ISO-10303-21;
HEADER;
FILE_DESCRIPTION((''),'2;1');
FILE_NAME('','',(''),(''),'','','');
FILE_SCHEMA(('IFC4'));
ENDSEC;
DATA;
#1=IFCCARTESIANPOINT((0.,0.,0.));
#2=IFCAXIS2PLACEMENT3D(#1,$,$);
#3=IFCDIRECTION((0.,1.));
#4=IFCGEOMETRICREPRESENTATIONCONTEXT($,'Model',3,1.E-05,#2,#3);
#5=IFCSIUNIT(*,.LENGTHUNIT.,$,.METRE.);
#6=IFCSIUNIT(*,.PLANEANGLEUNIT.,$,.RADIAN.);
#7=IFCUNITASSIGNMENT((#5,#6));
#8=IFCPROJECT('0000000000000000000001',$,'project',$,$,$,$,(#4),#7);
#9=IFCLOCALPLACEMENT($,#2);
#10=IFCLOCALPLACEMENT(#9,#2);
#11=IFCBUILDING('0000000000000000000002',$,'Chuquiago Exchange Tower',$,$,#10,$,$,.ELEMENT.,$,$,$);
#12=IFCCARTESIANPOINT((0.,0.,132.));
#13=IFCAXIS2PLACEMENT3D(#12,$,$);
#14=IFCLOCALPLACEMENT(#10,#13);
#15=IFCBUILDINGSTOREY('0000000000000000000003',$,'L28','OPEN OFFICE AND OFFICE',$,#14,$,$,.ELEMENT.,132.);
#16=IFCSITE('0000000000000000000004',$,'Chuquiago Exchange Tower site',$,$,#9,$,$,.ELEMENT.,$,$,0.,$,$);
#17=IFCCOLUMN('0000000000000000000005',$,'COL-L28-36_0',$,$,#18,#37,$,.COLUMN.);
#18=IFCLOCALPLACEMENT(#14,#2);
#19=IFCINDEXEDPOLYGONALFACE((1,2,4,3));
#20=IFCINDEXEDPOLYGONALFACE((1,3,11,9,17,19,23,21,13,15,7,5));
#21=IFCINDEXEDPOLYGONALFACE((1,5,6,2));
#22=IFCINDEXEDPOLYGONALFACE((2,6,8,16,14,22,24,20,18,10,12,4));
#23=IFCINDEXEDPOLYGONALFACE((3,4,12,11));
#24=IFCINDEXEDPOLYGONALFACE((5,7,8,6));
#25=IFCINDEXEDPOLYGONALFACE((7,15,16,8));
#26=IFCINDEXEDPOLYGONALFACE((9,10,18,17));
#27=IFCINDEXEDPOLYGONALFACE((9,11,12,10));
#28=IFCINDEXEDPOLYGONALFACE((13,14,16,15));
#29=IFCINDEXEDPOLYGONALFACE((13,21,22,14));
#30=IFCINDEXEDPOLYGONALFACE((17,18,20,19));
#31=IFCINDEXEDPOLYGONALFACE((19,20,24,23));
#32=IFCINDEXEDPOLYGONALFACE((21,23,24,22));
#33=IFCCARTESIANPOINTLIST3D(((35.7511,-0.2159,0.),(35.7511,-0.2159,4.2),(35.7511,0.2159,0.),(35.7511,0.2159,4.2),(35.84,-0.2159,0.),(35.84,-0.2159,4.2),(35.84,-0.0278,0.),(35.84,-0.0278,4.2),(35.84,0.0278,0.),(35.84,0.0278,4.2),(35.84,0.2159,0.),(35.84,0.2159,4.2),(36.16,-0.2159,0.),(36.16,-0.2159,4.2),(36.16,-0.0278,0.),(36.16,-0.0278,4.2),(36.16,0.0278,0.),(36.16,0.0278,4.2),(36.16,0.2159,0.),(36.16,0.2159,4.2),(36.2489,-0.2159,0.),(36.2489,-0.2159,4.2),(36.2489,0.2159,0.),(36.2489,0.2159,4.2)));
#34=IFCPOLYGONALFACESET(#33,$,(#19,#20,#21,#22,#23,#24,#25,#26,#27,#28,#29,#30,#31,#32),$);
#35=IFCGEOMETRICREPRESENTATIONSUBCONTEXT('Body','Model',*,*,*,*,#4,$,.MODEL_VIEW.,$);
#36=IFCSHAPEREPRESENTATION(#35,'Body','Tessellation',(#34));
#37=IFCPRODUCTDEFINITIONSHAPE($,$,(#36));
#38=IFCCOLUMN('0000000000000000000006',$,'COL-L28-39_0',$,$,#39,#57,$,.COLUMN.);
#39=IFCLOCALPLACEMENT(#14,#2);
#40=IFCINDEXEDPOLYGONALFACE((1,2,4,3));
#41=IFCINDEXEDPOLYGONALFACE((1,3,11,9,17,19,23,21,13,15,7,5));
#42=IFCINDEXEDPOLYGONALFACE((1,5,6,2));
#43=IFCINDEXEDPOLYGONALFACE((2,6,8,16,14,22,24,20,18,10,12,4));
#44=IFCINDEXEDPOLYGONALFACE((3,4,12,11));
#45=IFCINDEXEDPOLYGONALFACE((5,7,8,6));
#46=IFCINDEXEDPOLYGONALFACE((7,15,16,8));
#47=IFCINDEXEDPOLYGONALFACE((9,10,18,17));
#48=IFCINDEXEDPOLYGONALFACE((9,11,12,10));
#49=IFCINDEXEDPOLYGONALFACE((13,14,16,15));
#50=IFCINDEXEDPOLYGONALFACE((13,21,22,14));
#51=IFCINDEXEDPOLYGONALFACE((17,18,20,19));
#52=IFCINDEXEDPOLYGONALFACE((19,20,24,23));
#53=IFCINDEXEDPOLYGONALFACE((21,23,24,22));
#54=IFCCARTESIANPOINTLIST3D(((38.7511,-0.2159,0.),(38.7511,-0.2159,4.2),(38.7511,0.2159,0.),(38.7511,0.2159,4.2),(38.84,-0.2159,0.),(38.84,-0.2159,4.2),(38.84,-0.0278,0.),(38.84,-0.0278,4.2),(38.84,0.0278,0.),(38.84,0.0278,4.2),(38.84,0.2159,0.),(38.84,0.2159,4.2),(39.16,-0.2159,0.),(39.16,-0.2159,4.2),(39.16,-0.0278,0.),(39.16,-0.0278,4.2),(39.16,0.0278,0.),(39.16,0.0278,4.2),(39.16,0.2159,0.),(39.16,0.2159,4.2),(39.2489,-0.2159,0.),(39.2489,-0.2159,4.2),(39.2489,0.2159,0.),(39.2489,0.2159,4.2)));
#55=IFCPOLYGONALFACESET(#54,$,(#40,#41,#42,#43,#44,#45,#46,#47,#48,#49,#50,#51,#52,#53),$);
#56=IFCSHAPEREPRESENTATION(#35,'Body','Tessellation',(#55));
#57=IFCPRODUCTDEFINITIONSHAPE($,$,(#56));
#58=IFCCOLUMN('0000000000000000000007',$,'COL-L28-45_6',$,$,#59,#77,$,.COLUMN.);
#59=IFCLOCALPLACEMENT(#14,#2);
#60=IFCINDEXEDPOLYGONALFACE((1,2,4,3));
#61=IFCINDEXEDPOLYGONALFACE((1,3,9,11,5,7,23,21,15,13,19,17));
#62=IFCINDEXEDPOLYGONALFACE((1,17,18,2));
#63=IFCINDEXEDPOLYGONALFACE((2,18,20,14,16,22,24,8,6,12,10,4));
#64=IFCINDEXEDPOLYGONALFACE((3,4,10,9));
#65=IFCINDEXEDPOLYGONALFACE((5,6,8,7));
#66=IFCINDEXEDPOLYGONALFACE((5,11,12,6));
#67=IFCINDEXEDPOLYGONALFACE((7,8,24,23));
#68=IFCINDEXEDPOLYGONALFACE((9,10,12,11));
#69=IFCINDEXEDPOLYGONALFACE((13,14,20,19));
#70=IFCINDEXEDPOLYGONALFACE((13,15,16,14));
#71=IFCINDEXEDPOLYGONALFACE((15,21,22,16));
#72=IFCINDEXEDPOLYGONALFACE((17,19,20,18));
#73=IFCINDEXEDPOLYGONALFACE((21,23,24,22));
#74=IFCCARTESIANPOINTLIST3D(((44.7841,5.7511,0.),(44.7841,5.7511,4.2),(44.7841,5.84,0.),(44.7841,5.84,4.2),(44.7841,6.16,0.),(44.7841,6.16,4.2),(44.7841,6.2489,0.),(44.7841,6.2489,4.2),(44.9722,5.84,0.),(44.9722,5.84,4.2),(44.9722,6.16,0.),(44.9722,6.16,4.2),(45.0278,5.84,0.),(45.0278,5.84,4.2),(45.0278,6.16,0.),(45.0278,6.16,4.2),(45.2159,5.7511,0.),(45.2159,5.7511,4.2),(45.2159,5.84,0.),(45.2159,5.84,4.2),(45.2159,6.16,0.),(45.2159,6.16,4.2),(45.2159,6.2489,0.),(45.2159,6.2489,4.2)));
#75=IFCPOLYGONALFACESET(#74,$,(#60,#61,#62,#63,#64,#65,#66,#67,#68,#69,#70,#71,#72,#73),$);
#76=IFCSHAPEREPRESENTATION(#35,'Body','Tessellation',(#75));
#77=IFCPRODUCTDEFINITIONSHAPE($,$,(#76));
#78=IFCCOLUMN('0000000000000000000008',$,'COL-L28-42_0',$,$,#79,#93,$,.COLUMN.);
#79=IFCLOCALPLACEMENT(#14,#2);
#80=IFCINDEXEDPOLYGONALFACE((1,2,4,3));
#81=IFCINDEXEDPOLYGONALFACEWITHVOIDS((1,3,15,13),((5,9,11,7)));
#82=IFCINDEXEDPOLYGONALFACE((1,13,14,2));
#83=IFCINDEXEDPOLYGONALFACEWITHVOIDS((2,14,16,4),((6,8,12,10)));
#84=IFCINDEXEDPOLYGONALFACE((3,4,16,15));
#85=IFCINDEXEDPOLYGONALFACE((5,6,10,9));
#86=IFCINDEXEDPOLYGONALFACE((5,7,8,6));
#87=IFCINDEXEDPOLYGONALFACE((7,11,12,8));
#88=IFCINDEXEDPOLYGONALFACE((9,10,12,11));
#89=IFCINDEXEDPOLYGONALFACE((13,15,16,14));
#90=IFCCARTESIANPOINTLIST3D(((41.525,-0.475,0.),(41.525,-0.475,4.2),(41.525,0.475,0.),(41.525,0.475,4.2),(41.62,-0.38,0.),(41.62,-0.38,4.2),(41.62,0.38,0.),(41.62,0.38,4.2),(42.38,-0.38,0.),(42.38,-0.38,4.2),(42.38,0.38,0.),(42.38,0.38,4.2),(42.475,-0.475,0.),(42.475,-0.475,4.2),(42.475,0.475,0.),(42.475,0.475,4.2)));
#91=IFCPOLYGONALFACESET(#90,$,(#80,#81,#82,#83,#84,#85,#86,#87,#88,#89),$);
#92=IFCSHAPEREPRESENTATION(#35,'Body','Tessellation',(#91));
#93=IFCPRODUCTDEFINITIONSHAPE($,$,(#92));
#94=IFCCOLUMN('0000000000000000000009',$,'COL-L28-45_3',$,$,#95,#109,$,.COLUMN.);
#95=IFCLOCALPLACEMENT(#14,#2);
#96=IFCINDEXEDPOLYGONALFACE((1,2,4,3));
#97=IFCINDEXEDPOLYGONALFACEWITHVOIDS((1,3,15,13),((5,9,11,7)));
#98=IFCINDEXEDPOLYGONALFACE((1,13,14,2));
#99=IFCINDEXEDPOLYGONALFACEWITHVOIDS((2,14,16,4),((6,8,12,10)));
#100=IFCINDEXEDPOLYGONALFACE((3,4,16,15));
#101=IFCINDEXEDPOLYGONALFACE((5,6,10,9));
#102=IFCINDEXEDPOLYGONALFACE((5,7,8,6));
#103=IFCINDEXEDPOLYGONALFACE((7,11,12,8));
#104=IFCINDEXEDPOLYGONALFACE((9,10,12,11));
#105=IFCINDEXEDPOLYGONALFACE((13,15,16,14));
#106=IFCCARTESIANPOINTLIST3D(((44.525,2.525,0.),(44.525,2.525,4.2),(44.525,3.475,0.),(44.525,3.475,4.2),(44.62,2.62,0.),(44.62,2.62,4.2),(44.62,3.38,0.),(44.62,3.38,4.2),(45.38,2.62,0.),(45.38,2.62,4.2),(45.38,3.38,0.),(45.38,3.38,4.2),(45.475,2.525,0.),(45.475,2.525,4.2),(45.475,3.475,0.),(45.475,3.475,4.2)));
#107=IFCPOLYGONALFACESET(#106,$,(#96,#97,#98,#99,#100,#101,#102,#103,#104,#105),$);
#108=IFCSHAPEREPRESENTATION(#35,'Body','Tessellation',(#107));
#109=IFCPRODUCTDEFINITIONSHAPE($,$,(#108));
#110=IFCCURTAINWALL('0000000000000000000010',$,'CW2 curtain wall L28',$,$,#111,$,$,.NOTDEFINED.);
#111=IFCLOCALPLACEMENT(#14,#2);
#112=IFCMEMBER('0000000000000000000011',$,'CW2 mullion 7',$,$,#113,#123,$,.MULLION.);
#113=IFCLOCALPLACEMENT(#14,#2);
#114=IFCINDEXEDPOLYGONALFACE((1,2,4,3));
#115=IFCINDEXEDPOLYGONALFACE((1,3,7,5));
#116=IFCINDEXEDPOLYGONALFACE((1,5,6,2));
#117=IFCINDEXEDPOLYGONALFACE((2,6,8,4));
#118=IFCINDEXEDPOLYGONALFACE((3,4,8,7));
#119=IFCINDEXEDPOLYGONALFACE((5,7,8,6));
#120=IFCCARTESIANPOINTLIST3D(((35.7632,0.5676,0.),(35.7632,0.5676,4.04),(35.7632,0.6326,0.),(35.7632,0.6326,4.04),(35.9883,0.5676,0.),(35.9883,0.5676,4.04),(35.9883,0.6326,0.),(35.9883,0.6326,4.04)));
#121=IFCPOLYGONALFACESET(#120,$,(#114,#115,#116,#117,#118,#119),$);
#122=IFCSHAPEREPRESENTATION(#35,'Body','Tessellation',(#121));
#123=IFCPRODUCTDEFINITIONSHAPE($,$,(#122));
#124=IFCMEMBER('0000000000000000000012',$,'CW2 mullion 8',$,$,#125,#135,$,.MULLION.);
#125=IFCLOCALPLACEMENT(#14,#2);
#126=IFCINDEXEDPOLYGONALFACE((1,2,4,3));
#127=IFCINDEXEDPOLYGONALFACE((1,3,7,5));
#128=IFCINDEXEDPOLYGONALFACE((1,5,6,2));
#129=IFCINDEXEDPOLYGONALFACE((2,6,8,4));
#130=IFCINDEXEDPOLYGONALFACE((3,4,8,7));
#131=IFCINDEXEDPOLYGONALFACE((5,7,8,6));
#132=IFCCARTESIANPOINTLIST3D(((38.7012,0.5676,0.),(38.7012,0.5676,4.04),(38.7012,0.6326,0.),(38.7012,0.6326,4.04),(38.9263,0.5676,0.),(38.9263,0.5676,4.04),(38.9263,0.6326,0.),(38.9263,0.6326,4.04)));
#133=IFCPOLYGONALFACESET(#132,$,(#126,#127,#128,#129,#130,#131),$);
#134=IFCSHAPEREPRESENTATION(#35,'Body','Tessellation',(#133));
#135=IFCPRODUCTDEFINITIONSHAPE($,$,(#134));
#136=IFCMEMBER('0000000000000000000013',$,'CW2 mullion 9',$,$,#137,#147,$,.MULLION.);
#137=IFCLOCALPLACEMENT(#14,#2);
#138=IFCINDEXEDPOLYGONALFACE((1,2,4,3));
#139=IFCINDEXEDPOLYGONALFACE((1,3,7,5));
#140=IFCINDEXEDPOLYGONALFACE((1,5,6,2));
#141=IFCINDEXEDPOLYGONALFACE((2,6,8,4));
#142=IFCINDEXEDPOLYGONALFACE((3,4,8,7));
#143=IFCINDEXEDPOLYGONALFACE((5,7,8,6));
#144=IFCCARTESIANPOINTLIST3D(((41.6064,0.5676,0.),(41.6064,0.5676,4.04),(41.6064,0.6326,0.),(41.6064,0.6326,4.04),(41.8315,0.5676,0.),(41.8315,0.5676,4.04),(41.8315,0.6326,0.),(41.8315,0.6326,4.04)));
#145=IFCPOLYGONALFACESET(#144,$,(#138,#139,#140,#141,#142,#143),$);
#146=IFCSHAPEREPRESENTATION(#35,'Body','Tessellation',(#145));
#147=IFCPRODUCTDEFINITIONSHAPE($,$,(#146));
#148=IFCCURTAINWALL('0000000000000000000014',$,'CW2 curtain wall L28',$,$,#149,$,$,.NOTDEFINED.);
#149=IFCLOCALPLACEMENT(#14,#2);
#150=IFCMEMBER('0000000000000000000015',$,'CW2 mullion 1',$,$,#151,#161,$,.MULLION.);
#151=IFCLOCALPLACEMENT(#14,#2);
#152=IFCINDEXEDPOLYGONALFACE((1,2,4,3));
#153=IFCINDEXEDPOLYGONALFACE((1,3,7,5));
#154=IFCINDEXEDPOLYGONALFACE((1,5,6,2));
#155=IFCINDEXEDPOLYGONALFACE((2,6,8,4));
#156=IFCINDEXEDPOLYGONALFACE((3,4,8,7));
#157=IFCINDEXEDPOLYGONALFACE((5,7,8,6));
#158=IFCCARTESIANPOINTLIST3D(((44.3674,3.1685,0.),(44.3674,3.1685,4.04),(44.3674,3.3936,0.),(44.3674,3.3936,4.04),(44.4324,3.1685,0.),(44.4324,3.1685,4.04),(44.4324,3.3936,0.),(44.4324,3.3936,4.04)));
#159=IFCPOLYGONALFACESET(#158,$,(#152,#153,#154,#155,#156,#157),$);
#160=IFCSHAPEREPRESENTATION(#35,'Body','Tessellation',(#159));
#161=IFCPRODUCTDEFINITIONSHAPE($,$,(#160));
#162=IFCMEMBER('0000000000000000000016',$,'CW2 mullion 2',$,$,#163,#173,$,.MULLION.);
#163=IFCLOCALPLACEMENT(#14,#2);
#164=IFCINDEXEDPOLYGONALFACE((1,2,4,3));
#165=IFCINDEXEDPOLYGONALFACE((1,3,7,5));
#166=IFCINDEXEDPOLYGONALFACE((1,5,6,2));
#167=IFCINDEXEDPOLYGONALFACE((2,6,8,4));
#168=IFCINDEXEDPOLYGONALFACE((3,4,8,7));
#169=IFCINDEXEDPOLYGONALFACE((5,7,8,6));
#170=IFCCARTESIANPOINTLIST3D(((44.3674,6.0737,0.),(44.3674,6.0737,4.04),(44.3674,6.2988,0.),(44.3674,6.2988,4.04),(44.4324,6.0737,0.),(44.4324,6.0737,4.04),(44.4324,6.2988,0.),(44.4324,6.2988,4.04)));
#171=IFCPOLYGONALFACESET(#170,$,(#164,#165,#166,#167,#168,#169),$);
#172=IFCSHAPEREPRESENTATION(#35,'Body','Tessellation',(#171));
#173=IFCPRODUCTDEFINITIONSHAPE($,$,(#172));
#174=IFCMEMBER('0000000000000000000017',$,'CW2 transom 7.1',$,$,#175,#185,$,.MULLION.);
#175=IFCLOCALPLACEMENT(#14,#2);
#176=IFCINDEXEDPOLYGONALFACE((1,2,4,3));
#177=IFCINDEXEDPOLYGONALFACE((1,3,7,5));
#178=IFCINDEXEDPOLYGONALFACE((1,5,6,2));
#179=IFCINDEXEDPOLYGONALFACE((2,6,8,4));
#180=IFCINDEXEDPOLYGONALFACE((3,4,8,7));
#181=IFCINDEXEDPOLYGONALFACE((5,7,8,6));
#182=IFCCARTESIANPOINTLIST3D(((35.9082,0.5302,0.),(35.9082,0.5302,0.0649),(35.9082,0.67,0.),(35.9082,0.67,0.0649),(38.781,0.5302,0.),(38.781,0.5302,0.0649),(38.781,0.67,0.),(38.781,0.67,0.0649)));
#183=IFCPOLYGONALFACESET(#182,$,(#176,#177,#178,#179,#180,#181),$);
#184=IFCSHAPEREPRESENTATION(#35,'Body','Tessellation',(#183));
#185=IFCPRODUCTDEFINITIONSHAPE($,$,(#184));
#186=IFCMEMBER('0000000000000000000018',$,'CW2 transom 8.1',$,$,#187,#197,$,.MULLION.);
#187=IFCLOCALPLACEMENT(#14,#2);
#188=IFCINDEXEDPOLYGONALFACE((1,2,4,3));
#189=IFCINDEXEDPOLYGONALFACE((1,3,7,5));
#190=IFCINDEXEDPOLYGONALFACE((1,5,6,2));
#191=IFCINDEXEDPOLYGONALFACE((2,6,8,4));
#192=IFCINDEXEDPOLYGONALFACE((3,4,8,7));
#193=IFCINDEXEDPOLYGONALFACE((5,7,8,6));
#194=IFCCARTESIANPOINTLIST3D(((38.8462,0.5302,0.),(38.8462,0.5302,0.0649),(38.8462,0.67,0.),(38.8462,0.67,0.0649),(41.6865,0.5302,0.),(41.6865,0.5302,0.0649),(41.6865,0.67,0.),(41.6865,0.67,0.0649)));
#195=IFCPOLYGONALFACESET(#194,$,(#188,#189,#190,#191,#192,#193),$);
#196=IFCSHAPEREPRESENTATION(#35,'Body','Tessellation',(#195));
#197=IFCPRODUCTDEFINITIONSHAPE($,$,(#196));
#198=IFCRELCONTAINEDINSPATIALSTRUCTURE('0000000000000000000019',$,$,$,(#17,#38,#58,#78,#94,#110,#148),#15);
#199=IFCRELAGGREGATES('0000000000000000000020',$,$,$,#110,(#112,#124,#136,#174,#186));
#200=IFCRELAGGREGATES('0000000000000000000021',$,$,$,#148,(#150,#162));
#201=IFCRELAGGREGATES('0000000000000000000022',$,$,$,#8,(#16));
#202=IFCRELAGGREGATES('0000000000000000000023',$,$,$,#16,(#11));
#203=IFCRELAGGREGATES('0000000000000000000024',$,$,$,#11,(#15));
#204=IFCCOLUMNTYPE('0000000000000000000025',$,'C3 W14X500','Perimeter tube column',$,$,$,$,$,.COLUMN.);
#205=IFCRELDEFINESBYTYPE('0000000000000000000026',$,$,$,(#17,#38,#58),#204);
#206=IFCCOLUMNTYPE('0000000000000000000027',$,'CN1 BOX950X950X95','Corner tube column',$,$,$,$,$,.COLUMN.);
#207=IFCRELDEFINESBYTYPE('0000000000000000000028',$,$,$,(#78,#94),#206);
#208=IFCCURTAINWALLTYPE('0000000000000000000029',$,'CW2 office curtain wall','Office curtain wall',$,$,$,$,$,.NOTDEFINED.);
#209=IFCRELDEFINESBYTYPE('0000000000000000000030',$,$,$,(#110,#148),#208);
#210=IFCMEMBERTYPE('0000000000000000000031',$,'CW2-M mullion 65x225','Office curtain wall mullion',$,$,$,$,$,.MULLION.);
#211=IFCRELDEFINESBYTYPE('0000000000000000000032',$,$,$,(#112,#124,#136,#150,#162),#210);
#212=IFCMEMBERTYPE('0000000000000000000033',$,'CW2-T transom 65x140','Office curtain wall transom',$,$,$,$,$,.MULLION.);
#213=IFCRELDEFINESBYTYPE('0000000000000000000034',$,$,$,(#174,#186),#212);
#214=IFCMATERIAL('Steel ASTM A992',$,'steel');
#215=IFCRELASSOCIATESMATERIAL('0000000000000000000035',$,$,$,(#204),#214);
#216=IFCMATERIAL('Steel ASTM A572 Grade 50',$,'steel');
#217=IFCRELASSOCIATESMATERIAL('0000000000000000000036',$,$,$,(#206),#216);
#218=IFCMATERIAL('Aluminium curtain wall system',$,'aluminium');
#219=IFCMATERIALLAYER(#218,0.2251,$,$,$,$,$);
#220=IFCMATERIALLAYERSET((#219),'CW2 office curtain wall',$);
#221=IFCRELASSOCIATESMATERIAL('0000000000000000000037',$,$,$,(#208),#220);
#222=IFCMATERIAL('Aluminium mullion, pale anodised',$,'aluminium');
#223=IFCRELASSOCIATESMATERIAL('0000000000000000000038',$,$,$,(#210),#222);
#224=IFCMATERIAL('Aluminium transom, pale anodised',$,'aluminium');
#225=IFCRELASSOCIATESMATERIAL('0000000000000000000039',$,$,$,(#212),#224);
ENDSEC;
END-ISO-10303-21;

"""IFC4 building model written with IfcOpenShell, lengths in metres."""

from ifc_helpers import new_model, si_unit, direction, frame, origin, origin_2d, place, context, subcontext, project, spatial, rectangle, hollow_rectangle, i_section, extrude, material, layer, layer_set, material_profile, profile_set, type_object, element, aggregate, save


model = new_model("IFC4")

# Units and contexts
model_context = context("Model", 3, precision=1e-05, world=origin(), true_north=direction((0.0, 1.0)))
body_context = subcontext(model_context, "Body", "Model", "MODEL_VIEW")
ifc_project = project(units=[si_unit("LENGTHUNIT", "METRE"), si_unit("PLANEANGLEUNIT", "RADIAN")], contexts=[model_context])

# Site, building, storey
site_placement = place(None, origin())
site = spatial("IfcSite", under=ifc_project, at=site_placement, Name="Chuquiago Exchange Tower site", CompositionType="ELEMENT", RefElevation=0.0)
building_placement = place(site_placement, origin())
building = spatial("IfcBuilding", under=site, at=building_placement, Name="Chuquiago Exchange Tower", CompositionType="ELEMENT")
storey_placement = place(building_placement, frame((0.0, 0.0, 132.0)))
storey = spatial("IfcBuildingStorey", under=building, at=storey_placement, Name="L28", Description="OPEN OFFICE AND OFFICE", CompositionType="ELEMENT", Elevation=132.0)

# Columns
ifc_material_1 = material(Name="Steel ASTM A992", Category="steel")
ifc_material_profile_1 = material_profile(ifc_material_1, i_section(OverallWidth=0.4319, OverallDepth=0.4978, WebThickness=0.0557, FlangeThickness=0.0889, at=origin_2d()), Name="W14X500")
ifc_profile_set_1 = profile_set([ifc_material_profile_1], Name="Steel ASTM A992")
column_type_1 = type_object("IfcColumnType", Name="C3 W14X500", Description="Perimeter tube column", PredefinedType="COLUMN", material=ifc_profile_set_1)
for number, where, z_axis, x_axis, name in (
    (1, (36.0, 0.0, 0.0), (0.0, 0.0, 1.0), (0.0, -1.0, 0.0), "COL-L28-36_0"),
    (2, (39.0, 0.0, 0.0), (0.0, 0.0, 1.0), (0.0, -1.0, 0.0), "COL-L28-39_0"),
    (3, (45.0, 6.0, 0.0), (0.0, 0.0, 1.0), (1.0, 0.0, 0.0), "COL-L28-45_6"),
):
    element("IfcColumn", number, at=place(storey_placement, frame(where, z_axis=z_axis, x_axis=x_axis)), inside=storey, type_object=column_type_1, Name=name, PredefinedType="COLUMN", context=body_context, shape_type="SweptSolid", body=[
        extrude(i_section(OverallWidth=0.4319, OverallDepth=0.4978, WebThickness=0.0557, FlangeThickness=0.0889, at=origin_2d()), origin(), (0.0, 0.0, 1.0), 4.2),
    ])
ifc_material_2 = material(Name="Steel ASTM A572 Grade 50", Category="steel")
ifc_material_profile_2 = material_profile(ifc_material_2, hollow_rectangle(XDim=0.95, YDim=0.95, WallThickness=0.095, at=origin_2d()), Name="BOX950X950X95")
ifc_profile_set_2 = profile_set([ifc_material_profile_2], Name="Steel ASTM A572 Grade 50")
column_type_2 = type_object("IfcColumnType", Name="CN1 BOX950X950X95", Description="Corner tube column", PredefinedType="COLUMN", material=ifc_profile_set_2)
for number, where, z_axis, x_axis, name in (
    (4, (42.0, 0.0, 0.0), (0.0, 0.0, 1.0), (0.0, -1.0, 0.0), "COL-L28-42_0"),
    (5, (45.0, 3.0, 0.0), (0.0, 0.0, 1.0), (1.0, 0.0, 0.0), "COL-L28-45_3"),
):
    element("IfcColumn", number, at=place(storey_placement, frame(where, z_axis=z_axis, x_axis=x_axis)), inside=storey, type_object=column_type_2, Name=name, PredefinedType="COLUMN", context=body_context, shape_type="SweptSolid", body=[
        extrude(hollow_rectangle(XDim=0.95, YDim=0.95, WallThickness=0.095, at=origin_2d()), origin(), (0.0, 0.0, 1.0), 4.2),
    ])

# Curtain walls, members
ifc_material_3 = material(Name="Aluminium curtain wall system", Category="aluminium")
ifc_layer_1 = layer(ifc_material_3, 0.2251)
ifc_layer_set_1 = layer_set([ifc_layer_1], Name="CW2 office curtain wall")
curtain_wall_type_1 = type_object("IfcCurtainWallType", Name="CW2 office curtain wall", Description="Office curtain wall", PredefinedType="NOTDEFINED", material=ifc_layer_set_1)
curtain_wall_1_placement = place(storey_placement, origin())
curtain_wall_1 = element("IfcCurtainWall", 6, at=curtain_wall_1_placement, inside=storey, type_object=curtain_wall_type_1, Name="CW2 curtain wall L28", PredefinedType="NOTDEFINED")
ifc_material_4 = material(Name="Aluminium mullion, pale anodised", Category="aluminium")
ifc_material_profile_3 = material_profile(ifc_material_4, rectangle(XDim=0.0649, YDim=0.2251, at=origin_2d()), Name="AL 65x225")
ifc_profile_set_3 = profile_set([ifc_material_profile_3], Name="Aluminium mullion, pale anodised")
member_type_1 = type_object("IfcMemberType", Name="CW2-M mullion 65x225", Description="Office curtain wall mullion", PredefinedType="MULLION", material=ifc_profile_set_3)
member_1_placement = place(storey_placement, frame((35.8757, 0.6001, 0.0), z_axis=(0.0, 0.0, 1.0), x_axis=(0.0, 1.0, 0.0)))
member_1 = element("IfcMember", 7, at=member_1_placement, type_object=member_type_1, Name="CW2 mullion 7", PredefinedType="MULLION", context=body_context, shape_type="SweptSolid", body=[
    extrude(rectangle(XDim=0.0649, YDim=0.2251, at=origin_2d()), origin(), (0.0, 0.0, 1.0), 4.04),
])
member_2_placement = place(storey_placement, frame((38.8137, 0.6001, 0.0), z_axis=(0.0, 0.0, 1.0), x_axis=(0.0, 1.0, 0.0)))
member_2 = element("IfcMember", 8, at=member_2_placement, type_object=member_type_1, Name="CW2 mullion 8", PredefinedType="MULLION", context=body_context, shape_type="SweptSolid", body=[
    extrude(rectangle(XDim=0.0649, YDim=0.2251, at=origin_2d()), origin(), (0.0, 0.0, 1.0), 4.04),
])
member_3_placement = place(storey_placement, frame((41.719, 0.6001, 0.0), z_axis=(0.0, 0.0, 1.0), x_axis=(0.0, 1.0, 0.0)))
member_3 = element("IfcMember", 9, at=member_3_placement, type_object=member_type_1, Name="CW2 mullion 9", PredefinedType="MULLION", context=body_context, shape_type="SweptSolid", body=[
    extrude(rectangle(XDim=0.0649, YDim=0.2251, at=origin_2d()), origin(), (0.0, 0.0, 1.0), 4.04),
])
curtain_wall_2_placement = place(storey_placement, origin())
curtain_wall_2 = element("IfcCurtainWall", 10, at=curtain_wall_2_placement, inside=storey, type_object=curtain_wall_type_1, Name="CW2 curtain wall L28", PredefinedType="NOTDEFINED")
member_4_placement = place(storey_placement, frame((44.3999, 3.281, 0.0), z_axis=(0.0, 0.0, 1.0), x_axis=(-1.0, 0.0, 0.0)))
member_4 = element("IfcMember", 11, at=member_4_placement, type_object=member_type_1, Name="CW2 mullion 1", PredefinedType="MULLION", context=body_context, shape_type="SweptSolid", body=[
    extrude(rectangle(XDim=0.0649, YDim=0.2251, at=origin_2d()), origin(), (0.0, 0.0, 1.0), 4.04),
])
member_5_placement = place(storey_placement, frame((44.3999, 6.1863, 0.0), z_axis=(0.0, 0.0, 1.0), x_axis=(-1.0, 0.0, 0.0)))
member_5 = element("IfcMember", 12, at=member_5_placement, type_object=member_type_1, Name="CW2 mullion 2", PredefinedType="MULLION", context=body_context, shape_type="SweptSolid", body=[
    extrude(rectangle(XDim=0.0649, YDim=0.2251, at=origin_2d()), origin(), (0.0, 0.0, 1.0), 4.04),
])

# Members
ifc_material_5 = material(Name="Aluminium transom, pale anodised", Category="aluminium")
ifc_material_profile_4 = material_profile(ifc_material_5, rectangle(XDim=0.1399, YDim=0.0649, at=origin_2d()), Name="AL 140x65")
ifc_profile_set_4 = profile_set([ifc_material_profile_4], Name="Aluminium transom, pale anodised")
member_type_2 = type_object("IfcMemberType", Name="CW2-T transom 65x140", Description="Office curtain wall transom", PredefinedType="MULLION", material=ifc_profile_set_4)
member_6_placement = place(storey_placement, frame((35.9082, 0.6001, 0.0325), z_axis=(1.0, 0.0, 0.0), x_axis=(0.0, 1.0, 0.0)))
member_6 = element("IfcMember", 13, at=member_6_placement, type_object=member_type_2, Name="CW2 transom 7.1", PredefinedType="MULLION", context=body_context, shape_type="SweptSolid", body=[
    extrude(rectangle(XDim=0.1399, YDim=0.0649, at=origin_2d()), origin(), (0.0, 0.0, 1.0), 2.8728),
])
member_7_placement = place(storey_placement, frame((38.8462, 0.6001, 0.0325), z_axis=(1.0, 0.0, 0.0), x_axis=(0.0, 1.0, 0.0)))
member_7 = element("IfcMember", 14, at=member_7_placement, type_object=member_type_2, Name="CW2 transom 8.1", PredefinedType="MULLION", context=body_context, shape_type="SweptSolid", body=[
    extrude(rectangle(XDim=0.1399, YDim=0.0649, at=origin_2d()), origin(), (0.0, 0.0, 1.0), 2.8403),
])

aggregate(curtain_wall_1, [member_1, member_2, member_3, member_6, member_7])
aggregate(curtain_wall_2, [member_4, member_5])

save(model, "model.ifc")
